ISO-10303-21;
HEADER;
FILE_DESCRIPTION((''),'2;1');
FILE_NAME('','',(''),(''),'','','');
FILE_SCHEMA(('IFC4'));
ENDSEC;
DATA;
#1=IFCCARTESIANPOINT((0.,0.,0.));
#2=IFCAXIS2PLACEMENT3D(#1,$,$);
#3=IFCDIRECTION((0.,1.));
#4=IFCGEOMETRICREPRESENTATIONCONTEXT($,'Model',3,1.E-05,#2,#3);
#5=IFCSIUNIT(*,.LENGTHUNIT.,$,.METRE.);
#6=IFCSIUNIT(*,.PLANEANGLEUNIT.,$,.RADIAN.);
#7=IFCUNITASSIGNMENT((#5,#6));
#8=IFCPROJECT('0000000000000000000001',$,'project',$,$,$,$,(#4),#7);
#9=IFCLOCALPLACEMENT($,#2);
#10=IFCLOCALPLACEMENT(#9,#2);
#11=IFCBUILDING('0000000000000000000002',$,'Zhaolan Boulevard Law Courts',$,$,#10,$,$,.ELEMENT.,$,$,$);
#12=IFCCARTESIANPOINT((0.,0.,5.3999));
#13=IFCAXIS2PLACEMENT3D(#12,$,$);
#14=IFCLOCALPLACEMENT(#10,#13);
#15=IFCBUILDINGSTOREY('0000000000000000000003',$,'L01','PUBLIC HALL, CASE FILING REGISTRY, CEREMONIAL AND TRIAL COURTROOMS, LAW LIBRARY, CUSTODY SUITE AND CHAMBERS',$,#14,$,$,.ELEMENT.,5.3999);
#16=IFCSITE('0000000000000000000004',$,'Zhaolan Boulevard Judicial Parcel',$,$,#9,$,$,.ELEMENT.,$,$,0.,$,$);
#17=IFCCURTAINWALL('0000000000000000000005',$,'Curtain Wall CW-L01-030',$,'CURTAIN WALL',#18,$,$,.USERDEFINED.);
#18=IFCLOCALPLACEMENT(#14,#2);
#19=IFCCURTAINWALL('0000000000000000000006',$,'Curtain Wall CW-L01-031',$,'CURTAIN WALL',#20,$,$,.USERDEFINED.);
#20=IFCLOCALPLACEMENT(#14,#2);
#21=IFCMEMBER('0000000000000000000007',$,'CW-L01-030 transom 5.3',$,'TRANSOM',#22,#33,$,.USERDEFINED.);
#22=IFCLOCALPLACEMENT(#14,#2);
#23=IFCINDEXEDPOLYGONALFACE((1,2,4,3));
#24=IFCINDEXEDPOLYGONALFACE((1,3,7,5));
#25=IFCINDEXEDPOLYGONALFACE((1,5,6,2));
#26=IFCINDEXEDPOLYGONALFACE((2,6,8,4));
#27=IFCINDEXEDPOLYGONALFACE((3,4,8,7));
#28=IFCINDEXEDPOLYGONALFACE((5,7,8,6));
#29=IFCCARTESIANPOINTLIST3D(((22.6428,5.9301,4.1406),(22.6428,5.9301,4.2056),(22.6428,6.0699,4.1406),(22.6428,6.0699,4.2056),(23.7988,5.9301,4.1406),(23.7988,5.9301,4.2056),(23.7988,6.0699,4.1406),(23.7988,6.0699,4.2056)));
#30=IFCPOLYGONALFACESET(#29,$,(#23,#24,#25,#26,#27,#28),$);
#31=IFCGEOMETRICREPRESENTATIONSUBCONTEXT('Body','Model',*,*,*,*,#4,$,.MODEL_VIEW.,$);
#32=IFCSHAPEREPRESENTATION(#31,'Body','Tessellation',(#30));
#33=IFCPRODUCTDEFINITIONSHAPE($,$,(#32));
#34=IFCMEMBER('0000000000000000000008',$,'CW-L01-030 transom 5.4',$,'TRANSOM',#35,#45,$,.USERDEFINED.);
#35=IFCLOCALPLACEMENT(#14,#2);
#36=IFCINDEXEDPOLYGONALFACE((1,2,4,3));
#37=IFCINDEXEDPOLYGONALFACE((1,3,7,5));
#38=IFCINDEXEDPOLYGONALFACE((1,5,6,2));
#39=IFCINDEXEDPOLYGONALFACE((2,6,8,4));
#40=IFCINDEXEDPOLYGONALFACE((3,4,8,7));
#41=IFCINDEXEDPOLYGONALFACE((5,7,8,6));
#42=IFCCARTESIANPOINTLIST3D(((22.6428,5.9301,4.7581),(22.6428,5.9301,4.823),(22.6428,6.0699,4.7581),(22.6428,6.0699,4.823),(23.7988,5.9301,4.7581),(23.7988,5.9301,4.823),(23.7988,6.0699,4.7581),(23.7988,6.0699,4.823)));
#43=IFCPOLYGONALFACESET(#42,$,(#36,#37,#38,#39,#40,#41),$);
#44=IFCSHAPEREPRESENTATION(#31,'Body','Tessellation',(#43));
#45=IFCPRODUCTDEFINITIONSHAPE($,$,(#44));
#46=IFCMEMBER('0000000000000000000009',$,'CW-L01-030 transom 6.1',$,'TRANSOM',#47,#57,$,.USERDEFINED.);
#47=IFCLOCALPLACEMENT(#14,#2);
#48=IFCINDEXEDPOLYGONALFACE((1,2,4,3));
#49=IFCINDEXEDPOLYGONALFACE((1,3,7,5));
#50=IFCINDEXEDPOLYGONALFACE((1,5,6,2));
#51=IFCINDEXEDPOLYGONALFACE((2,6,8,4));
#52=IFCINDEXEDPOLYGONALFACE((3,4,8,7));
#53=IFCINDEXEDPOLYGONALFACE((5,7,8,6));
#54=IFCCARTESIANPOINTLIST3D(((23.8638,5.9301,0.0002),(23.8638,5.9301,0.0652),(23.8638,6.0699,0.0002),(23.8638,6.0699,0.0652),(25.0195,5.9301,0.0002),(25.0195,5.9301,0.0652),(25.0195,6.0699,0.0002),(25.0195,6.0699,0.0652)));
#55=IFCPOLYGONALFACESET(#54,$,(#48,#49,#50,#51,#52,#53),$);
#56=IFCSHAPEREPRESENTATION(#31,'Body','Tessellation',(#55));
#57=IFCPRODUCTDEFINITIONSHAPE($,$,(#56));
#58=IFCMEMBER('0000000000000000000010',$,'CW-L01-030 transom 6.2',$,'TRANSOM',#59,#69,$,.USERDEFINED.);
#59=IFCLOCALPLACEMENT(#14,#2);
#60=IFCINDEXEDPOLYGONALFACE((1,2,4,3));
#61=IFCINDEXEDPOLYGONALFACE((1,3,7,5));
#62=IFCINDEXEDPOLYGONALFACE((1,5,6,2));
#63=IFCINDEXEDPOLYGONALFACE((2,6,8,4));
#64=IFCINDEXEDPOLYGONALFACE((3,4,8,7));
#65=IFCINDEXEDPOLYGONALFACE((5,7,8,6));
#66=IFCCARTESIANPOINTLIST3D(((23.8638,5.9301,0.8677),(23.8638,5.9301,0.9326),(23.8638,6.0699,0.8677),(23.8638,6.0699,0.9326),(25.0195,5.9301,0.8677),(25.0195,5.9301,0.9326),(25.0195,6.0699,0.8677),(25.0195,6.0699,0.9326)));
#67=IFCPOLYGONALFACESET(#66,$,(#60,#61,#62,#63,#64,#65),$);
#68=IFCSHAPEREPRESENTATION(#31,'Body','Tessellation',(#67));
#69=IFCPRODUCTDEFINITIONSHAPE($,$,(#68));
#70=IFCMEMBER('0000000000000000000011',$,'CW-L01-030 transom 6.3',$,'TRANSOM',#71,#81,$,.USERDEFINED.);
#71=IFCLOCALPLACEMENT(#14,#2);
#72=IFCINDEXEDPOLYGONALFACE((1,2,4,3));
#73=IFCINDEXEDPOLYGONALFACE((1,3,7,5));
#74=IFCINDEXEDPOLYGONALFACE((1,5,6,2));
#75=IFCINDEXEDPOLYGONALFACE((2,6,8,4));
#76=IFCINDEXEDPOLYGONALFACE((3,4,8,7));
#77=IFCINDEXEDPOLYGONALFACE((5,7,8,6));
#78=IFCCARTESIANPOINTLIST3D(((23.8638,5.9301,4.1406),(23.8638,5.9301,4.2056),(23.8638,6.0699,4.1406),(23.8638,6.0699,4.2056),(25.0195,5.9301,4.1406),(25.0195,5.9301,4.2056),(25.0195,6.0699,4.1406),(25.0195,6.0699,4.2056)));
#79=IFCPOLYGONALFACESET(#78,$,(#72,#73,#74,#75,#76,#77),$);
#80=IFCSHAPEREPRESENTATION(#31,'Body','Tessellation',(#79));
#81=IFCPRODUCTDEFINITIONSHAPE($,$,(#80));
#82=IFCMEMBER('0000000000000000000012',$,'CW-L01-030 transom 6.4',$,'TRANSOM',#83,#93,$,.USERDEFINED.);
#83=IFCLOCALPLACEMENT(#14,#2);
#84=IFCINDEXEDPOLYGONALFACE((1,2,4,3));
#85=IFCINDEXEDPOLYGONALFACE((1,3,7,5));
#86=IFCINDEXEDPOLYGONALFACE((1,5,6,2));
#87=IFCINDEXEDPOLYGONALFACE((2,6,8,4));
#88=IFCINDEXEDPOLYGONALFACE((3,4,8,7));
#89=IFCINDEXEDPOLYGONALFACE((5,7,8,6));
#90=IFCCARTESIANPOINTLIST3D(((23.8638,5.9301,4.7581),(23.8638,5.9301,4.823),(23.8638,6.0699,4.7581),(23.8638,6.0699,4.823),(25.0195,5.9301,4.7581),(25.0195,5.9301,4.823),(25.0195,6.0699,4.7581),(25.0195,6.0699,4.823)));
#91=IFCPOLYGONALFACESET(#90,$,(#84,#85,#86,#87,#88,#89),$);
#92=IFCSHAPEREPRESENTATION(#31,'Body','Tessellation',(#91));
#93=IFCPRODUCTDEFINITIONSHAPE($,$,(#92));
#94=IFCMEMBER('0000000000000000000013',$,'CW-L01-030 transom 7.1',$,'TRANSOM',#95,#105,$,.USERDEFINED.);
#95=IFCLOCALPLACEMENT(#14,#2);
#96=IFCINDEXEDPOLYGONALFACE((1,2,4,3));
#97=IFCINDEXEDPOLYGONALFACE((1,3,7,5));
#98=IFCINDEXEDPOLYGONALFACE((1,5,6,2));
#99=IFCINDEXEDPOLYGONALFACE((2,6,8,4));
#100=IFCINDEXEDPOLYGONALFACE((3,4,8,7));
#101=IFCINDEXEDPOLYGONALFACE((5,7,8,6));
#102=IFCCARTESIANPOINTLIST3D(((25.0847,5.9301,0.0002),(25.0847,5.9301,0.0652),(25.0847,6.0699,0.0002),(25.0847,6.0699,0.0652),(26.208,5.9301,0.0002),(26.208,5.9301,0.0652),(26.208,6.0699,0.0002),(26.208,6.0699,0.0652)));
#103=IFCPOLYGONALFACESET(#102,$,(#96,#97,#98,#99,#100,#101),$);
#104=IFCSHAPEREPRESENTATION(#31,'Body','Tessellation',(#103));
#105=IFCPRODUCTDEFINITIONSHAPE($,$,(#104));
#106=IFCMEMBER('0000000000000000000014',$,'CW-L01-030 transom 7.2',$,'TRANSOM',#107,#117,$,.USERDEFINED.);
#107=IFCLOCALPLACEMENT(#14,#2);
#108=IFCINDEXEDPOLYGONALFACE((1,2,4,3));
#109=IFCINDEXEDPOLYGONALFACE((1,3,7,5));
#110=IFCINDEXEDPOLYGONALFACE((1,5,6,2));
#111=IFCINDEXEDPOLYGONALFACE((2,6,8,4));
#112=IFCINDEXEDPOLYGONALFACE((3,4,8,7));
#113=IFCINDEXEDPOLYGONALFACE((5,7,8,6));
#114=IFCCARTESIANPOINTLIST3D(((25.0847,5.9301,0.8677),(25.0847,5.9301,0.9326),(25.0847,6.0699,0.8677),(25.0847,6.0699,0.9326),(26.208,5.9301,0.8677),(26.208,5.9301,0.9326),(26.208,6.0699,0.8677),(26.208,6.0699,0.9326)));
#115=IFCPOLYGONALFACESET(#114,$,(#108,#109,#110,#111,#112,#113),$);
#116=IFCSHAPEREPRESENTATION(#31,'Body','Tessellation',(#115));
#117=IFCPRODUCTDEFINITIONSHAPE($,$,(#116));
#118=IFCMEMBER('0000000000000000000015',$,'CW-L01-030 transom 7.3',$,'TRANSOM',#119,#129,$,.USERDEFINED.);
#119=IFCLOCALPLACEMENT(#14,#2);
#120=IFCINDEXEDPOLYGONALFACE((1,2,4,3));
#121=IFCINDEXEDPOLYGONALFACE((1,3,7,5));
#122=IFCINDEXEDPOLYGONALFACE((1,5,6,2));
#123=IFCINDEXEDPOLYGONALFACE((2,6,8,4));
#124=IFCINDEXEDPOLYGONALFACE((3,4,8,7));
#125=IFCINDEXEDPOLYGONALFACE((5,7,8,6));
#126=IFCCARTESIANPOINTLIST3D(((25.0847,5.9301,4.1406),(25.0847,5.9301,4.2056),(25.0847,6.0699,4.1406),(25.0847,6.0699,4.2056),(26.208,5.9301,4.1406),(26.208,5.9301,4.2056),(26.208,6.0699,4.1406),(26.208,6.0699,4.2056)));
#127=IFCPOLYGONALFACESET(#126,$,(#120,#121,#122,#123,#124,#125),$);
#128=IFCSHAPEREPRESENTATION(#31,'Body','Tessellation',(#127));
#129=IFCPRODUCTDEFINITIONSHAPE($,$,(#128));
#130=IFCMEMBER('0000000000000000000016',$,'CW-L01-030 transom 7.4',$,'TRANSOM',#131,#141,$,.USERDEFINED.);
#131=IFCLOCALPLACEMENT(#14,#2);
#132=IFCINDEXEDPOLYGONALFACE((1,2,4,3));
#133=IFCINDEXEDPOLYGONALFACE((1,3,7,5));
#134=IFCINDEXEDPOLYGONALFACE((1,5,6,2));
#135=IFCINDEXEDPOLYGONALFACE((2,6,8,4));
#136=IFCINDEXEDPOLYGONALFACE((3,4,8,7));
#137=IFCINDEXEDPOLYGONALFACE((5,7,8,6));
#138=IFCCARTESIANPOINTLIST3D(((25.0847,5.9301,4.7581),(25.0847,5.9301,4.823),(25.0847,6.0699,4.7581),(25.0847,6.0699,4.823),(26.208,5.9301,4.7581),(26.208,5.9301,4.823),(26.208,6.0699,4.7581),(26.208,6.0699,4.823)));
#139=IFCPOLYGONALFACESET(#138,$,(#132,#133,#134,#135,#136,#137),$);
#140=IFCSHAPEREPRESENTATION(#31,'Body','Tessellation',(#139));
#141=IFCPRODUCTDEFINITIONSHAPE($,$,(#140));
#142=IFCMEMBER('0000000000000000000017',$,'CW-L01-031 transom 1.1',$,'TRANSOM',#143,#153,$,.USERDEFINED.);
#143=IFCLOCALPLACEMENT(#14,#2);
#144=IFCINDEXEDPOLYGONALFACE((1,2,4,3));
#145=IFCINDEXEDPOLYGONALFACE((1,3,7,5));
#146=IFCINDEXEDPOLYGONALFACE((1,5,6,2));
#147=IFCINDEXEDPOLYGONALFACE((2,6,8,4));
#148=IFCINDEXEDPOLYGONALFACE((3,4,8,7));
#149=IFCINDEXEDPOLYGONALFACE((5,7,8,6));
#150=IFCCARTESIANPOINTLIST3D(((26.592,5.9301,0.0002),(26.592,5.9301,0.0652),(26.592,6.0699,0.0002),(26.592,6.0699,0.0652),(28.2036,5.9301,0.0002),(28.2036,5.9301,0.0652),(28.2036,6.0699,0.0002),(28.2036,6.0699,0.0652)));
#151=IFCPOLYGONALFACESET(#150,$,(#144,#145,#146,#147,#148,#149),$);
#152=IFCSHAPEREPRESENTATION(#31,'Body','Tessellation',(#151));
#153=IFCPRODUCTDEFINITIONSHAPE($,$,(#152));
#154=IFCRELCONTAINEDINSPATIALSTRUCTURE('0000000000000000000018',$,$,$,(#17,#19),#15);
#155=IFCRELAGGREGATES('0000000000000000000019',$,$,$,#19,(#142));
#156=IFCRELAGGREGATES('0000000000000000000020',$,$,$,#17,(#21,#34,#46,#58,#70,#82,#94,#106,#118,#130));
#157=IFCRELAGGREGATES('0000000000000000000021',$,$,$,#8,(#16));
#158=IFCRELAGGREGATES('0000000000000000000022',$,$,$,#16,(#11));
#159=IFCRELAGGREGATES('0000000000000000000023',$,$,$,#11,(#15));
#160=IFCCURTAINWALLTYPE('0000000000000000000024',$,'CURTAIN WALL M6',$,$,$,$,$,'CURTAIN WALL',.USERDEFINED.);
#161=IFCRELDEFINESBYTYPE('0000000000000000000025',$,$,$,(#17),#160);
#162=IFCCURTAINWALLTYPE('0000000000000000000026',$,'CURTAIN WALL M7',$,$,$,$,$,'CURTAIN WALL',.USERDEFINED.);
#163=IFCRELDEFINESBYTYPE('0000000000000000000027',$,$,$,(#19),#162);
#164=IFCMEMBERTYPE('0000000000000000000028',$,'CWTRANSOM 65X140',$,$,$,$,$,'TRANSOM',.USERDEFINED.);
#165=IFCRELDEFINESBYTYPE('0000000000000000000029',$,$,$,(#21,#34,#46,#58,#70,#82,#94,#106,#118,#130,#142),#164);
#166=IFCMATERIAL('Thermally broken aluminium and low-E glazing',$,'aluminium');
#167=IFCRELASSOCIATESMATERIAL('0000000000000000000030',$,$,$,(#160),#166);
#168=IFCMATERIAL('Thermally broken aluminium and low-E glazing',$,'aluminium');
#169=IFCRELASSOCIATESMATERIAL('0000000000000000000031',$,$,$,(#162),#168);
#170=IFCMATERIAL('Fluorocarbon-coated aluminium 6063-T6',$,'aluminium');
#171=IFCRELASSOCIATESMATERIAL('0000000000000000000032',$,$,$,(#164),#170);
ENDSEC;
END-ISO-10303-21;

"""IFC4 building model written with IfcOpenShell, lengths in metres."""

from ifc_helpers import new_model, si_unit, direction, frame, origin, origin_2d, place, context, subcontext, project, spatial, rectangle, extrude, material, material_profile, profile_set, type_object, element, aggregate, save


model = new_model("IFC4")

# Units and contexts
model_context = context("Model", 3, precision=1e-05, world=origin(), true_north=direction((0.0, 1.0)))
body_context = subcontext(model_context, "Body", "Model", "MODEL_VIEW")
ifc_project = project(units=[si_unit("LENGTHUNIT", "METRE"), si_unit("PLANEANGLEUNIT", "RADIAN")], contexts=[model_context])

# Site, building, storey
site_placement = place(None, origin())
site = spatial("IfcSite", under=ifc_project, at=site_placement, Name="Zhaolan Boulevard Judicial Parcel", CompositionType="ELEMENT", RefElevation=0.0)
building_placement = place(site_placement, origin())
building = spatial("IfcBuilding", under=site, at=building_placement, Name="Zhaolan Boulevard Law Courts", CompositionType="ELEMENT")
storey_placement = place(building_placement, frame((0.0, 0.0, 5.3999)))
storey = spatial("IfcBuildingStorey", under=building, at=storey_placement, Name="L01", Description="PUBLIC HALL, CASE FILING REGISTRY, CEREMONIAL AND TRIAL COURTROOMS, LAW LIBRARY, CUSTODY SUITE AND CHAMBERS", CompositionType="ELEMENT", Elevation=5.3999)

# Curtain wall
ifc_material_1 = material(Name="Thermally broken aluminium and low-E glazing", Category="aluminium")
curtain_wall_type_1 = type_object("IfcCurtainWallType", Name="CURTAIN WALL M6", ElementType="CURTAIN WALL", PredefinedType="USERDEFINED", material=ifc_material_1)
curtain_wall_1_placement = place(storey_placement, origin())
curtain_wall_1 = element("IfcCurtainWall", 1, at=curtain_wall_1_placement, inside=storey, type_object=curtain_wall_type_1, Name="Curtain Wall CW-L01-030", ObjectType="CURTAIN WALL", PredefinedType="USERDEFINED")

# Curtain wall
ifc_material_2 = material(Name="Thermally broken aluminium and low-E glazing", Category="aluminium")
curtain_wall_type_2 = type_object("IfcCurtainWallType", Name="CURTAIN WALL M7", ElementType="CURTAIN WALL", PredefinedType="USERDEFINED", material=ifc_material_2)
curtain_wall_2_placement = place(storey_placement, origin())
curtain_wall_2 = element("IfcCurtainWall", 2, at=curtain_wall_2_placement, inside=storey, type_object=curtain_wall_type_2, Name="Curtain Wall CW-L01-031", ObjectType="CURTAIN WALL", PredefinedType="USERDEFINED")

# Members
ifc_material_3 = material(Name="Fluorocarbon-coated aluminium 6063-T6", Category="aluminium")
ifc_material_profile_1 = material_profile(ifc_material_3, rectangle(XDim=0.1399, YDim=0.0649, at=origin_2d()), Name="AL65x140")
ifc_profile_set_1 = profile_set([ifc_material_profile_1], Name="Fluorocarbon-coated aluminium 6063-T6")
member_type_1 = type_object("IfcMemberType", Name="CWTRANSOM 65X140", ElementType="TRANSOM", PredefinedType="USERDEFINED", material=ifc_profile_set_1)
member_1_placement = place(storey_placement, frame((22.6428, 6.0, 4.1731), z_axis=(1.0, 0.0, 0.0), x_axis=(0.0, 1.0, 0.0)))
member_1 = element("IfcMember", 3, at=member_1_placement, type_object=member_type_1, Name="CW-L01-030 transom 5.3", ObjectType="TRANSOM", PredefinedType="USERDEFINED", context=body_context, shape_type="SweptSolid", body=[
    extrude(rectangle(XDim=0.1399, YDim=0.0649, at=origin_2d()), origin(), (0.0, 0.0, 1.0), 1.156),
])
member_2_placement = place(storey_placement, frame((22.6428, 6.0, 4.7905), z_axis=(1.0, 0.0, 0.0), x_axis=(0.0, 1.0, 0.0)))
member_2 = element("IfcMember", 4, at=member_2_placement, type_object=member_type_1, Name="CW-L01-030 transom 5.4", ObjectType="TRANSOM", PredefinedType="USERDEFINED", context=body_context, shape_type="SweptSolid", body=[
    extrude(rectangle(XDim=0.1399, YDim=0.0649, at=origin_2d()), origin(), (0.0, 0.0, 1.0), 1.156),
])
member_3_placement = place(storey_placement, frame((23.8638, 6.0, 0.0327), z_axis=(1.0, 0.0, 0.0), x_axis=(0.0, 1.0, 0.0)))
member_3 = element("IfcMember", 5, at=member_3_placement, type_object=member_type_1, Name="CW-L01-030 transom 6.1", ObjectType="TRANSOM", PredefinedType="USERDEFINED", context=body_context, shape_type="SweptSolid", body=[
    extrude(rectangle(XDim=0.1399, YDim=0.0649, at=origin_2d()), origin(), (0.0, 0.0, 1.0), 1.1558),
])
member_4_placement = place(storey_placement, frame((23.8638, 6.0, 0.9001), z_axis=(1.0, 0.0, 0.0), x_axis=(0.0, 1.0, 0.0)))
member_4 = element("IfcMember", 6, at=member_4_placement, type_object=member_type_1, Name="CW-L01-030 transom 6.2", ObjectType="TRANSOM", PredefinedType="USERDEFINED", context=body_context, shape_type="SweptSolid", body=[
    extrude(rectangle(XDim=0.1399, YDim=0.0649, at=origin_2d()), origin(), (0.0, 0.0, 1.0), 1.1558),
])
member_5_placement = place(storey_placement, frame((23.8638, 6.0, 4.1731), z_axis=(1.0, 0.0, 0.0), x_axis=(0.0, 1.0, 0.0)))
member_5 = element("IfcMember", 7, at=member_5_placement, type_object=member_type_1, Name="CW-L01-030 transom 6.3", ObjectType="TRANSOM", PredefinedType="USERDEFINED", context=body_context, shape_type="SweptSolid", body=[
    extrude(rectangle(XDim=0.1399, YDim=0.0649, at=origin_2d()), origin(), (0.0, 0.0, 1.0), 1.1558),
])
member_6_placement = place(storey_placement, frame((23.8638, 6.0, 4.7905), z_axis=(1.0, 0.0, 0.0), x_axis=(0.0, 1.0, 0.0)))
member_6 = element("IfcMember", 8, at=member_6_placement, type_object=member_type_1, Name="CW-L01-030 transom 6.4", ObjectType="TRANSOM", PredefinedType="USERDEFINED", context=body_context, shape_type="SweptSolid", body=[
    extrude(rectangle(XDim=0.1399, YDim=0.0649, at=origin_2d()), origin(), (0.0, 0.0, 1.0), 1.1558),
])
member_7_placement = place(storey_placement, frame((25.0847, 6.0, 0.0327), z_axis=(1.0, 0.0, 0.0), x_axis=(0.0, 1.0, 0.0)))
member_7 = element("IfcMember", 9, at=member_7_placement, type_object=member_type_1, Name="CW-L01-030 transom 7.1", ObjectType="TRANSOM", PredefinedType="USERDEFINED", context=body_context, shape_type="SweptSolid", body=[
    extrude(rectangle(XDim=0.1399, YDim=0.0649, at=origin_2d()), origin(), (0.0, 0.0, 1.0), 1.1233),
])
member_8_placement = place(storey_placement, frame((25.0847, 6.0, 0.9001), z_axis=(1.0, 0.0, 0.0), x_axis=(0.0, 1.0, 0.0)))
member_8 = element("IfcMember", 10, at=member_8_placement, type_object=member_type_1, Name="CW-L01-030 transom 7.2", ObjectType="TRANSOM", PredefinedType="USERDEFINED", context=body_context, shape_type="SweptSolid", body=[
    extrude(rectangle(XDim=0.1399, YDim=0.0649, at=origin_2d()), origin(), (0.0, 0.0, 1.0), 1.1233),
])
member_9_placement = place(storey_placement, frame((25.0847, 6.0, 4.1731), z_axis=(1.0, 0.0, 0.0), x_axis=(0.0, 1.0, 0.0)))
member_9 = element("IfcMember", 11, at=member_9_placement, type_object=member_type_1, Name="CW-L01-030 transom 7.3", ObjectType="TRANSOM", PredefinedType="USERDEFINED", context=body_context, shape_type="SweptSolid", body=[
    extrude(rectangle(XDim=0.1399, YDim=0.0649, at=origin_2d()), origin(), (0.0, 0.0, 1.0), 1.1233),
])
member_10_placement = place(storey_placement, frame((25.0847, 6.0, 4.7905), z_axis=(1.0, 0.0, 0.0), x_axis=(0.0, 1.0, 0.0)))
member_10 = element("IfcMember", 12, at=member_10_placement, type_object=member_type_1, Name="CW-L01-030 transom 7.4", ObjectType="TRANSOM", PredefinedType="USERDEFINED", context=body_context, shape_type="SweptSolid", body=[
    extrude(rectangle(XDim=0.1399, YDim=0.0649, at=origin_2d()), origin(), (0.0, 0.0, 1.0), 1.1233),
])
member_11_placement = place(storey_placement, frame((26.592, 6.0, 0.0327), z_axis=(1.0, 0.0, 0.0), x_axis=(0.0, 1.0, 0.0)))
member_11 = element("IfcMember", 13, at=member_11_placement, type_object=member_type_1, Name="CW-L01-031 transom 1.1", ObjectType="TRANSOM", PredefinedType="USERDEFINED", context=body_context, shape_type="SweptSolid", body=[
    extrude(rectangle(XDim=0.1399, YDim=0.0649, at=origin_2d()), origin(), (0.0, 0.0, 1.0), 1.6116),
])
aggregate(curtain_wall_2, [member_11])

aggregate(curtain_wall_1, [member_1, member_2, member_3, member_4, member_5, member_6, member_7, member_8, member_9, member_10])

save(model, "model.ifc")
